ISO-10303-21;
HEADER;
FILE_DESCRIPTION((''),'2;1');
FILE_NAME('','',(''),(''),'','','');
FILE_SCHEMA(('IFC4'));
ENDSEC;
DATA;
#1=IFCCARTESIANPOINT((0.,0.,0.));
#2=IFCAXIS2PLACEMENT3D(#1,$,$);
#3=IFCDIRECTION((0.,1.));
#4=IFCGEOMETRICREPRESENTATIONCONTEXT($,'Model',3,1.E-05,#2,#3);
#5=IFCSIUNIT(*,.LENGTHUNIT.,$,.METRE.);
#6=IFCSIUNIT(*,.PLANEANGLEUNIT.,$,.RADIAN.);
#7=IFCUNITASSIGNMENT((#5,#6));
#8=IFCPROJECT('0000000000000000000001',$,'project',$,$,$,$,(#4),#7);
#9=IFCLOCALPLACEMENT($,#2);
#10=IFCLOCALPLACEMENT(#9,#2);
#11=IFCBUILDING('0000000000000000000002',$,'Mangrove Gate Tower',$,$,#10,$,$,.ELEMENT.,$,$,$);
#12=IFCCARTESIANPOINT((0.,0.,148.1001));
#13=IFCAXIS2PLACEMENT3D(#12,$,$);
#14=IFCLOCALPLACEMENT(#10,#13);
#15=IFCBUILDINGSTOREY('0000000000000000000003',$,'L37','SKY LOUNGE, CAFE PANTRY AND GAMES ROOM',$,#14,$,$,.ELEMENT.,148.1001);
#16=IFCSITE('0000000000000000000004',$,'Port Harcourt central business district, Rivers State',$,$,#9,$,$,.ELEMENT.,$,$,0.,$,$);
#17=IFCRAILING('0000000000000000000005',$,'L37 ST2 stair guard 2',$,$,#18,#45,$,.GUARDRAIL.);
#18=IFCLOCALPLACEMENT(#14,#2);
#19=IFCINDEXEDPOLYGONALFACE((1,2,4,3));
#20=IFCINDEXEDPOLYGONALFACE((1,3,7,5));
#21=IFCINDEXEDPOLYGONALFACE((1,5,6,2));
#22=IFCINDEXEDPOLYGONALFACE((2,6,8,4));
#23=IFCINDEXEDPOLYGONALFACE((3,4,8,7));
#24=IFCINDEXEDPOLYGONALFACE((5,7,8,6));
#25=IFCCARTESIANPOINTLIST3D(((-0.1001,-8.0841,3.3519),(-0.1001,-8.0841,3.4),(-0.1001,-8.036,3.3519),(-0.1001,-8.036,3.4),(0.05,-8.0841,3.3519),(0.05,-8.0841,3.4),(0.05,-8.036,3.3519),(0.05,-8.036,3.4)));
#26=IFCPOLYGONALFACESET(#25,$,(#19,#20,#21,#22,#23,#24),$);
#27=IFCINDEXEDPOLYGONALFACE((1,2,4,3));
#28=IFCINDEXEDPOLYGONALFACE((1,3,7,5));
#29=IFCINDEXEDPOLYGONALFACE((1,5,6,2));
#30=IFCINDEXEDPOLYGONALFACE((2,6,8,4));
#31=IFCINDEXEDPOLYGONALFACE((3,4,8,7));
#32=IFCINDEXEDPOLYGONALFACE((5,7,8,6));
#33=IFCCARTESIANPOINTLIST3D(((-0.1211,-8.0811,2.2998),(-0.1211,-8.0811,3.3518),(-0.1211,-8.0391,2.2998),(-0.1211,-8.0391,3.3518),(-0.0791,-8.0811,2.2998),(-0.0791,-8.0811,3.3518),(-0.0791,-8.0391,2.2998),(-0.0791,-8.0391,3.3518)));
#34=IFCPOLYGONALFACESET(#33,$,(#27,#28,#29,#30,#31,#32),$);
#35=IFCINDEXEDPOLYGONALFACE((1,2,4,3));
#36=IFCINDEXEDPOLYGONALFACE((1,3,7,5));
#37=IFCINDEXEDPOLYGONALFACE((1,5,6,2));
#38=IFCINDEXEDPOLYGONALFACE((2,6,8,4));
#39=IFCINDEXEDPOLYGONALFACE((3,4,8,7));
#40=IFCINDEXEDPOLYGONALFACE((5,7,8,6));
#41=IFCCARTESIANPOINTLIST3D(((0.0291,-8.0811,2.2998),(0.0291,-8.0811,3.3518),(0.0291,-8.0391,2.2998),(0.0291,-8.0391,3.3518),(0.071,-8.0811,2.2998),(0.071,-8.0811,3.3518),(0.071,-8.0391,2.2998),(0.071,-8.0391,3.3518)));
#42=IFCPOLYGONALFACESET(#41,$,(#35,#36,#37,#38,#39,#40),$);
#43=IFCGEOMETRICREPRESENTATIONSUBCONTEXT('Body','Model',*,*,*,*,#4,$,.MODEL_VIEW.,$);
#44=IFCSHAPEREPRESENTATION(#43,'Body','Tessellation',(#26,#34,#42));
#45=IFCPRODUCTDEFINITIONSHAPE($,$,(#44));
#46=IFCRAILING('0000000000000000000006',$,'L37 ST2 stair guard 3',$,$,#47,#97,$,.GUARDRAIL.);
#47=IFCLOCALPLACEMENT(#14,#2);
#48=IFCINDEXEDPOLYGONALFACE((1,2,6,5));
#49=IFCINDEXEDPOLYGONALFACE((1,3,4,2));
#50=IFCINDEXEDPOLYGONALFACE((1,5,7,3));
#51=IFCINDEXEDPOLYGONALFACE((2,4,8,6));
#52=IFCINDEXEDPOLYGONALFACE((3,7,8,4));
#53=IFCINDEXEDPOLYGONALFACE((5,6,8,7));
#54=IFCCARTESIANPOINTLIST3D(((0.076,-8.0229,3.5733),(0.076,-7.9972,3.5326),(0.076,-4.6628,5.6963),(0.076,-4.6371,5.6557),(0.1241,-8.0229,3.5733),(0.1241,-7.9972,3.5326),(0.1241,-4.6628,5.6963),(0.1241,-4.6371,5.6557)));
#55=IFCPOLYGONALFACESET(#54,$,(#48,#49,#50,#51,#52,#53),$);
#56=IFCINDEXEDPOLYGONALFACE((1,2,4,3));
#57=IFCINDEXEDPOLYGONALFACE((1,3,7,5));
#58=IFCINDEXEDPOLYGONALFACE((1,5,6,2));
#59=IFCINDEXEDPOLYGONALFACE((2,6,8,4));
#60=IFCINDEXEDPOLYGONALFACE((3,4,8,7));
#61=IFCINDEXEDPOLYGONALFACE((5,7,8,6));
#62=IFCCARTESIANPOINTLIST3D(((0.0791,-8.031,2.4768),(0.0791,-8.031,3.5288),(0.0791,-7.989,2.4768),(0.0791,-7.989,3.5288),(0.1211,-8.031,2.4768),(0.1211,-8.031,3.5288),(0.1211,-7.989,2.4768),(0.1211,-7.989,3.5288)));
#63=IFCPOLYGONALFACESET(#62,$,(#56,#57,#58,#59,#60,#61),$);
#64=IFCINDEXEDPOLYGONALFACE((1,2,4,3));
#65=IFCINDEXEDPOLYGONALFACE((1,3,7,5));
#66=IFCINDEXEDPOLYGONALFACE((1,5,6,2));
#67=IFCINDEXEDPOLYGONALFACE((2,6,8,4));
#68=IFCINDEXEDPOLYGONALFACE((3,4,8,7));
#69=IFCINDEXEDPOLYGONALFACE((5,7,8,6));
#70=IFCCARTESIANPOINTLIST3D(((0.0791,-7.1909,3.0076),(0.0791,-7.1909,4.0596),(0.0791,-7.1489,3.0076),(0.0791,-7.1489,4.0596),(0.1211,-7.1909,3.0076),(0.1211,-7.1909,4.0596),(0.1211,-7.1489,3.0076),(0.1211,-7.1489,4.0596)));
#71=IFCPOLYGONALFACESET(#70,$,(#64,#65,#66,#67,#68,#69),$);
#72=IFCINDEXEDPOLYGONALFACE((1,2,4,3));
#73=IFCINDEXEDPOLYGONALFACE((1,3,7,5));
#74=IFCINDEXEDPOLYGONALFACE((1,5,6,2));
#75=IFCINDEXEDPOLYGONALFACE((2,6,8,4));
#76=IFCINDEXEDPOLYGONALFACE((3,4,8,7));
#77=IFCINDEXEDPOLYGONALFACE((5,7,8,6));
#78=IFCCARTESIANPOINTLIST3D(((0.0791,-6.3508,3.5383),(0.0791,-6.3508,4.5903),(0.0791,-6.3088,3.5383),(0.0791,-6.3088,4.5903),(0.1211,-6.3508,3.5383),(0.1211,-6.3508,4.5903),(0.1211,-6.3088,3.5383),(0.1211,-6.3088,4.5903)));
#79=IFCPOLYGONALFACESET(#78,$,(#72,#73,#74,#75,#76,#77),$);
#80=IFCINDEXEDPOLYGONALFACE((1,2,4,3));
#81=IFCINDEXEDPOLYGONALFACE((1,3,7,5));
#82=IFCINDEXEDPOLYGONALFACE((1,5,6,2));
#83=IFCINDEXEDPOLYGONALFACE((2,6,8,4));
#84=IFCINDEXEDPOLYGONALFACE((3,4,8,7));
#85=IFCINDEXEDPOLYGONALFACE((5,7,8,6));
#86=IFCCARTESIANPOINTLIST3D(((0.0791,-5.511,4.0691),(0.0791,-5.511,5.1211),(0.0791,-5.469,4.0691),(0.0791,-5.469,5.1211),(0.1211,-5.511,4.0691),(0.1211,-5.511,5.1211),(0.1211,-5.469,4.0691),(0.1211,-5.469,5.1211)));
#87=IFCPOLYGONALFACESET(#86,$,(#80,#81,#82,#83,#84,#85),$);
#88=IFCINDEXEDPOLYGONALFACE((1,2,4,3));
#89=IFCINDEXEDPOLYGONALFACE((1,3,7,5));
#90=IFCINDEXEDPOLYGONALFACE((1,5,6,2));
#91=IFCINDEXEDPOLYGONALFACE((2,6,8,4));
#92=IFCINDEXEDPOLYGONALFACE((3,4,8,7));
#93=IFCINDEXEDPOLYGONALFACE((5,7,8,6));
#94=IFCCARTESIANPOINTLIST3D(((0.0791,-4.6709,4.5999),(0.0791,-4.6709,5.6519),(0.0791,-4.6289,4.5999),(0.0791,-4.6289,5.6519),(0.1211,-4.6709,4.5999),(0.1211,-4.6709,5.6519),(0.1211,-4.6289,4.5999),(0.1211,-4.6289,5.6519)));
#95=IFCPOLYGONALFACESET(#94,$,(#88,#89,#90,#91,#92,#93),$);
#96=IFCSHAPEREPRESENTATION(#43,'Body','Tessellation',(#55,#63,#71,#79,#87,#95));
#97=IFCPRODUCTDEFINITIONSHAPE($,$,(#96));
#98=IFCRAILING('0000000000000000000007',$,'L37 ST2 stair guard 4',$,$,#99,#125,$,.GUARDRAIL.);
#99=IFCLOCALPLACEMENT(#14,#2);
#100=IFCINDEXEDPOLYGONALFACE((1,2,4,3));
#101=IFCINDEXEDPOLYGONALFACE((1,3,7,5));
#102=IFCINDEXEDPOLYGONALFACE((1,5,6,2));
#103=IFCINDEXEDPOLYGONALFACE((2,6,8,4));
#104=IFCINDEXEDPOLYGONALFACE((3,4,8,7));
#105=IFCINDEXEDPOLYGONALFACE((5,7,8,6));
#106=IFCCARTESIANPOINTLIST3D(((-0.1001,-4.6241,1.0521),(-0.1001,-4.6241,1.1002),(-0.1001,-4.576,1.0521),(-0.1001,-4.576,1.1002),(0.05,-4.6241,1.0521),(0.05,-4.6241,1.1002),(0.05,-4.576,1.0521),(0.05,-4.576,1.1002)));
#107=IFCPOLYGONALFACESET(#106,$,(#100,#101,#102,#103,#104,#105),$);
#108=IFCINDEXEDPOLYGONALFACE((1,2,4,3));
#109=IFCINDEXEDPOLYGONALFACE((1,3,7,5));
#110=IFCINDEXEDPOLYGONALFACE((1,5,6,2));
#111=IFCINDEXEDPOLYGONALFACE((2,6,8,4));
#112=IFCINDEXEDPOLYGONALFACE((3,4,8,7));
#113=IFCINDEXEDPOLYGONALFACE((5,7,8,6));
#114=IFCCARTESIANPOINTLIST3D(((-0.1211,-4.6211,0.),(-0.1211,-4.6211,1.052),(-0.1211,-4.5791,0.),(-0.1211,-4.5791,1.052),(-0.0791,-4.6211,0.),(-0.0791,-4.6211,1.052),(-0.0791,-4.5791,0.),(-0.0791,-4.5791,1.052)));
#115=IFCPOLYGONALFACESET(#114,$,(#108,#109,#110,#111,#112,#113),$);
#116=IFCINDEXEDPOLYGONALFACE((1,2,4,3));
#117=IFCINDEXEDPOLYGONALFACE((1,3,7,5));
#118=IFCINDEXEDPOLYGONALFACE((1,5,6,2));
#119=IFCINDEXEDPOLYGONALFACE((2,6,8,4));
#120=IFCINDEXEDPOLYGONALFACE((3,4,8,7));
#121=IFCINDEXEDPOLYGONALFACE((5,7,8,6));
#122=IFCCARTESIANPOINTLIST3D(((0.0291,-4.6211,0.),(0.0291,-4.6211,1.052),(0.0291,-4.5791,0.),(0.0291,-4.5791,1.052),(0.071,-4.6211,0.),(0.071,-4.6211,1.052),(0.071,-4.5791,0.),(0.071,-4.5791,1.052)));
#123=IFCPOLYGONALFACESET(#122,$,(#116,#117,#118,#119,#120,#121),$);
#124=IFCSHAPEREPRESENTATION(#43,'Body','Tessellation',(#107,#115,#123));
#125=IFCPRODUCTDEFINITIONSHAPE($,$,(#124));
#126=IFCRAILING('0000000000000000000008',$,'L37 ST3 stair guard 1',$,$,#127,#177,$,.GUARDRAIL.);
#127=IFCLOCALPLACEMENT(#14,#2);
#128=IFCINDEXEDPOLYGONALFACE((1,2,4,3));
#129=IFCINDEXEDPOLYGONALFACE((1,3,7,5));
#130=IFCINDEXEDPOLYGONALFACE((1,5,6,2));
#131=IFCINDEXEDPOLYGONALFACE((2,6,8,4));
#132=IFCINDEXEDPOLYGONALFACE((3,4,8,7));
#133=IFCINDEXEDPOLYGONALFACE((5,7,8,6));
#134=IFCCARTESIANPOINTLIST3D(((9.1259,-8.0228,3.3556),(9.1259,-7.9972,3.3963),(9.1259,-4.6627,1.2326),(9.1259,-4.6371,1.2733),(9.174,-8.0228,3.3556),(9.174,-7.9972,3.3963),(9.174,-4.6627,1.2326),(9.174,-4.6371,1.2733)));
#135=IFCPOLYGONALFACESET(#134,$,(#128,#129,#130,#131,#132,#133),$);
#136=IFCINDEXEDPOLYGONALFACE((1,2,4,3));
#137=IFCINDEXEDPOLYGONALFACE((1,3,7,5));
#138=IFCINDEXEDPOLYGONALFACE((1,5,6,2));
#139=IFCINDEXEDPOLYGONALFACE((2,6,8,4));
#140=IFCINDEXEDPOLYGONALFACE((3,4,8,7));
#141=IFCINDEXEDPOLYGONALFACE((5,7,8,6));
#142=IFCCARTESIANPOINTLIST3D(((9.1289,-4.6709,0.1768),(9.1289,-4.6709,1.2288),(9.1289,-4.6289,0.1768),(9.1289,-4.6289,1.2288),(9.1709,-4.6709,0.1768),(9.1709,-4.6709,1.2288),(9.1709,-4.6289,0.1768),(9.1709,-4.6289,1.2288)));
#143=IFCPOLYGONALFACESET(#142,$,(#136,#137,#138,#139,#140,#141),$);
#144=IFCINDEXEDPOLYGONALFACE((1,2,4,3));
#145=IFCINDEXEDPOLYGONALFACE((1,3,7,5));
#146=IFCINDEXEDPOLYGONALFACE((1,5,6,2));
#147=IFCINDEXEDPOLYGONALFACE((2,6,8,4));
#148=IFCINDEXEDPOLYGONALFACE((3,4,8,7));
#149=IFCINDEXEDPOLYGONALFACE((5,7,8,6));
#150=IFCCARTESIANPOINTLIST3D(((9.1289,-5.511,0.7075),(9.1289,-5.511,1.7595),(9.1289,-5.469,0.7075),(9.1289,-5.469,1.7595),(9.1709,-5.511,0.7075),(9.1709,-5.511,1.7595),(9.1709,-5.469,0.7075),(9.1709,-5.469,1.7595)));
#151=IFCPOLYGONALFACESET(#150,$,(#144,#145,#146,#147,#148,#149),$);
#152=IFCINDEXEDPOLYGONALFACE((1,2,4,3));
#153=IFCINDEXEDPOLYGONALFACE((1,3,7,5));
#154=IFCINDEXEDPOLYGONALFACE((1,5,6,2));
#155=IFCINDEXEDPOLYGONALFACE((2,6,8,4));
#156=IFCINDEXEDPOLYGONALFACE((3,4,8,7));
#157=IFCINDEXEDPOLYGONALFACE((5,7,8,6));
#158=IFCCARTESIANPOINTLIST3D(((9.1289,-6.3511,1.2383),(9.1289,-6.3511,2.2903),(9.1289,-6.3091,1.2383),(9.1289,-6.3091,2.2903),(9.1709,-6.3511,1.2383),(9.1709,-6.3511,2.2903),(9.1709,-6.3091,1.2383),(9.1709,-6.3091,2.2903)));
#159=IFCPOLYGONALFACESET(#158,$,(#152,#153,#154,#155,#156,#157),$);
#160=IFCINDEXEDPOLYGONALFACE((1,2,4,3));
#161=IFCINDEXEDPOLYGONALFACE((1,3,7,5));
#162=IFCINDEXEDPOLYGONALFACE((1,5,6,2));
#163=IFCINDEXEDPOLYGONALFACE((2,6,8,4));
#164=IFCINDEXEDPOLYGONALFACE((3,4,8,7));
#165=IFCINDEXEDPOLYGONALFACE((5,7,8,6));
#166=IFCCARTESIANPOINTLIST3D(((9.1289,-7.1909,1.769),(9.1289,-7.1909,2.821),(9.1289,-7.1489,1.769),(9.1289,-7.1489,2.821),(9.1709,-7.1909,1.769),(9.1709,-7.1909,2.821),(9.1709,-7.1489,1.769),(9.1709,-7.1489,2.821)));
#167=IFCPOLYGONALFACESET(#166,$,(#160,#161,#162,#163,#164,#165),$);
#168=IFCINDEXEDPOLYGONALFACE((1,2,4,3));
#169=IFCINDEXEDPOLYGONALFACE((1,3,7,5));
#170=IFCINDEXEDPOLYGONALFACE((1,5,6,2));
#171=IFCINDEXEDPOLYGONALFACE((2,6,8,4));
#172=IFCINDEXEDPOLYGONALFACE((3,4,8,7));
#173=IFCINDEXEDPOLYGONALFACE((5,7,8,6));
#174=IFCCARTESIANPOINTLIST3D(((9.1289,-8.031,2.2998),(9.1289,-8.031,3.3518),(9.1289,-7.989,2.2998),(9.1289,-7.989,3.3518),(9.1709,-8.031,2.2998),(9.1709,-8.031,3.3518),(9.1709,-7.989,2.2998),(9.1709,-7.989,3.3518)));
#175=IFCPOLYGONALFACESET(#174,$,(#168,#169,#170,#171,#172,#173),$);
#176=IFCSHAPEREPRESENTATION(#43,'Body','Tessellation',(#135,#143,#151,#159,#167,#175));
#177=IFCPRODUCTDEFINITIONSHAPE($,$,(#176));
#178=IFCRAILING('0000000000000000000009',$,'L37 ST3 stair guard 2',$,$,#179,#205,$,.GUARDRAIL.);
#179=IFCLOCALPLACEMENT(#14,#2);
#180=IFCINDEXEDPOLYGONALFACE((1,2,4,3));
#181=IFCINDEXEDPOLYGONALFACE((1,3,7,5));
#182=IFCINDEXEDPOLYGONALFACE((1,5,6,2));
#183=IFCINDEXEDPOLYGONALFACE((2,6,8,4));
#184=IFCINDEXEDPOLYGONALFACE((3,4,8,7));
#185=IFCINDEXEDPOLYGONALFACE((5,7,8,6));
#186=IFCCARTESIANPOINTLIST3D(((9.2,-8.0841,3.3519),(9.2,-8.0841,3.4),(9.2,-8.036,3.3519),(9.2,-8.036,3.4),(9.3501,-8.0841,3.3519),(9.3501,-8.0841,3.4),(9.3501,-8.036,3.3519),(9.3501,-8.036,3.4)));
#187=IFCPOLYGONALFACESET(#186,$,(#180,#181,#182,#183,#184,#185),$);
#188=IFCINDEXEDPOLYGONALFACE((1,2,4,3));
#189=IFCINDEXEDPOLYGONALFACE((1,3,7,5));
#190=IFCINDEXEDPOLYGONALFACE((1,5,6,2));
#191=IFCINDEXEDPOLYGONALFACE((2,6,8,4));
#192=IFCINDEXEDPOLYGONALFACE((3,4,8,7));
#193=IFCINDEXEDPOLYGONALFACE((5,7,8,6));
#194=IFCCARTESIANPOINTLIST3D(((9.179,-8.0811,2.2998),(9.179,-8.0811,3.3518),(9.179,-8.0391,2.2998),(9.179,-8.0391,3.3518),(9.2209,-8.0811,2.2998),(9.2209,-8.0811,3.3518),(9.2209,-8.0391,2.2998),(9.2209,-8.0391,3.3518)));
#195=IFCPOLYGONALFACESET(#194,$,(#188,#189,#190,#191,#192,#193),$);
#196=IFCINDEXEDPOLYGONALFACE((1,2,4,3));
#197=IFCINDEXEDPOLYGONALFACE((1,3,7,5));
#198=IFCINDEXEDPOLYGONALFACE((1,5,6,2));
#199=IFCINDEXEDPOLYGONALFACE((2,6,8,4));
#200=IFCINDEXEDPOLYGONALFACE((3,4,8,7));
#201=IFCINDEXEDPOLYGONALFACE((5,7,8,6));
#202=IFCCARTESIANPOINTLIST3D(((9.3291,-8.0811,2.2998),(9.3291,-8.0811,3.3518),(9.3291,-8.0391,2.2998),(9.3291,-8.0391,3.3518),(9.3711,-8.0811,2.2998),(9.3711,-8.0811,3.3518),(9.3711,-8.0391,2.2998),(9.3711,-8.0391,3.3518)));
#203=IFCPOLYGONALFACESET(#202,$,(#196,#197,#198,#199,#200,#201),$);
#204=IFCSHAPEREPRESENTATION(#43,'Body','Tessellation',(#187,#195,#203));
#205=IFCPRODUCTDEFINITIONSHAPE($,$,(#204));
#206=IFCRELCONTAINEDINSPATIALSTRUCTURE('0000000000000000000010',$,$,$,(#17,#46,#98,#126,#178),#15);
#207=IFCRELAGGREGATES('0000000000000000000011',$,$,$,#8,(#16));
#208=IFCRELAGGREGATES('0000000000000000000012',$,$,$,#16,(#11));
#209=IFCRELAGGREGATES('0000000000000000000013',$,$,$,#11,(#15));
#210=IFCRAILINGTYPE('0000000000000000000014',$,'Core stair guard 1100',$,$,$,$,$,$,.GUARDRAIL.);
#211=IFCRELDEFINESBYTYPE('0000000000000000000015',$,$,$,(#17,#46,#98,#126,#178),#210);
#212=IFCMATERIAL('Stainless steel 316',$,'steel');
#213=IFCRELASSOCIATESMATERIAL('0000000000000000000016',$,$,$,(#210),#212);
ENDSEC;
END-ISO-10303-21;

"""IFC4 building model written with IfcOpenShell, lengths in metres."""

from ifc_helpers import new_model, si_unit, direction, frame, origin, origin_2d, place, context, subcontext, project, spatial, rectangle, extrude, material, type_object, element, save


model = new_model("IFC4")

# Units and contexts
model_context = context("Model", 3, precision=1e-05, world=origin(), true_north=direction((0.0, 1.0)))
body_context = subcontext(model_context, "Body", "Model", "MODEL_VIEW")
ifc_project = project(units=[si_unit("LENGTHUNIT", "METRE"), si_unit("PLANEANGLEUNIT", "RADIAN")], contexts=[model_context])

# Site, building, storey
site_placement = place(None, origin())
site = spatial("IfcSite", under=ifc_project, at=site_placement, Name="Port Harcourt central business district, Rivers State", CompositionType="ELEMENT", RefElevation=0.0)
building_placement = place(site_placement, origin())
building = spatial("IfcBuilding", under=site, at=building_placement, Name="Mangrove Gate Tower", CompositionType="ELEMENT")
storey_placement = place(building_placement, frame((0.0, 0.0, 148.1001)))
storey = spatial("IfcBuildingStorey", under=building, at=storey_placement, Name="L37", Description="SKY LOUNGE, CAFE PANTRY AND GAMES ROOM", CompositionType="ELEMENT", Elevation=148.1001)

# Railings
ifc_material_1 = material(Name="Stainless steel 316", Category="steel")
railing_type_1 = type_object("IfcRailingType", Name="Core stair guard 1100", PredefinedType="GUARDRAIL", material=ifc_material_1)
railing_1_placement = place(storey_placement, frame((-0.1001, -8.0601, 2.2998)))
element("IfcRailing", 1, at=railing_1_placement, inside=storey, type_object=railing_type_1, Name="L37 ST2 stair guard 2", PredefinedType="GUARDRAIL", context=body_context, shape_type="SweptSolid", body=[
    extrude(rectangle(XDim=0.0481, YDim=0.0481, at=origin_2d()), frame((0.0, 0.0, 1.0762), z_axis=(1.0, 0.0, 0.0), x_axis=(0.0, 1.0, 0.0)), (0.0, 0.0, 1.0), 0.1501),
    extrude(rectangle(XDim=0.042, YDim=0.042, at=origin_2d()), origin(), (0.0, 0.0, 1.0), 1.052),
    extrude(rectangle(XDim=0.042, YDim=0.042, at=origin_2d()), frame((0.1501, 0.0, 0.0)), (0.0, 0.0, 1.0), 1.052),
])
railing_2_placement = place(storey_placement, frame((0.1001, -8.01, 2.4768)))
element("IfcRailing", 2, at=railing_2_placement, inside=storey, type_object=railing_type_1, Name="L37 ST2 stair guard 3", PredefinedType="GUARDRAIL", context=body_context, shape_type="SweptSolid", body=[
    extrude(rectangle(XDim=0.0481, YDim=0.0481, at=origin_2d()), frame((0.0, 0.0, 1.0762), z_axis=(0.0, 0.84539, 0.53415), x_axis=(-1.0, 0.0, 0.0)), (0.0, 0.0, 1.0), 3.9746),
    extrude(rectangle(XDim=0.042, YDim=0.042, at=origin_2d()), origin(), (0.0, 0.0, 1.0), 1.052),
    extrude(rectangle(XDim=0.042, YDim=0.042, at=origin_2d()), frame((0.0, 0.8401, 0.5308)), (0.0, 0.0, 1.0), 1.052),
    extrude(rectangle(XDim=0.042, YDim=0.042, at=origin_2d()), frame((0.0, 1.6802, 1.0615)), (0.0, 0.0, 1.0), 1.052),
    extrude(rectangle(XDim=0.042, YDim=0.042, at=origin_2d()), frame((0.0, 2.52, 1.5923)), (0.0, 0.0, 1.0), 1.052),
    extrude(rectangle(XDim=0.042, YDim=0.042, at=origin_2d()), frame((0.0, 3.3601, 2.123)), (0.0, 0.0, 1.0), 1.052),
])
railing_3_placement = place(storey_placement, frame((-0.1001, -4.6001, 0.0)))
element("IfcRailing", 3, at=railing_3_placement, inside=storey, type_object=railing_type_1, Name="L37 ST2 stair guard 4", PredefinedType="GUARDRAIL", context=body_context, shape_type="SweptSolid", body=[
    extrude(rectangle(XDim=0.0481, YDim=0.0481, at=origin_2d()), frame((0.0, 0.0, 1.0762), z_axis=(1.0, 0.0, 0.0), x_axis=(0.0, 1.0, 0.0)), (0.0, 0.0, 1.0), 0.1501),
    extrude(rectangle(XDim=0.042, YDim=0.042, at=origin_2d()), origin(), (0.0, 0.0, 1.0), 1.052),
    extrude(rectangle(XDim=0.042, YDim=0.042, at=origin_2d()), frame((0.1501, 0.0, 0.0)), (0.0, 0.0, 1.0), 1.052),
])
railing_4_placement = place(storey_placement, frame((9.1499, -4.6499, 0.1768)))
element("IfcRailing", 4, at=railing_4_placement, inside=storey, type_object=railing_type_1, Name="L37 ST3 stair guard 1", PredefinedType="GUARDRAIL", context=body_context, shape_type="SweptSolid", body=[
    extrude(rectangle(XDim=0.0481, YDim=0.0481, at=origin_2d()), frame((0.0, 0.0, 1.0762), z_axis=(0.0, -0.84539, 0.53415), x_axis=(1.0, 0.0, 0.0)), (0.0, 0.0, 1.0), 3.9746),
    extrude(rectangle(XDim=0.042, YDim=0.042, at=origin_2d()), origin(), (0.0, 0.0, 1.0), 1.052),
    extrude(rectangle(XDim=0.042, YDim=0.042, at=origin_2d()), frame((0.0, -0.8401, 0.5308)), (0.0, 0.0, 1.0), 1.052),
    extrude(rectangle(XDim=0.042, YDim=0.042, at=origin_2d()), frame((0.0, -1.6802, 1.0615)), (0.0, 0.0, 1.0), 1.052),
    extrude(rectangle(XDim=0.042, YDim=0.042, at=origin_2d()), frame((0.0, -2.52, 1.5923)), (0.0, 0.0, 1.0), 1.052),
    extrude(rectangle(XDim=0.042, YDim=0.042, at=origin_2d()), frame((0.0, -3.3601, 2.123)), (0.0, 0.0, 1.0), 1.052),
])
railing_5_placement = place(storey_placement, frame((9.2, -8.0601, 2.2998)))
element("IfcRailing", 5, at=railing_5_placement, inside=storey, type_object=railing_type_1, Name="L37 ST3 stair guard 2", PredefinedType="GUARDRAIL", context=body_context, shape_type="SweptSolid", body=[
    extrude(rectangle(XDim=0.0481, YDim=0.0481, at=origin_2d()), frame((0.0, 0.0, 1.0762), z_axis=(1.0, 0.0, 0.0), x_axis=(0.0, 1.0, 0.0)), (0.0, 0.0, 1.0), 0.1501),
    extrude(rectangle(XDim=0.042, YDim=0.042, at=origin_2d()), origin(), (0.0, 0.0, 1.0), 1.052),
    extrude(rectangle(XDim=0.042, YDim=0.042, at=origin_2d()), frame((0.1501, 0.0, 0.0)), (0.0, 0.0, 1.0), 1.052),
])

save(model, "model.ifc")
